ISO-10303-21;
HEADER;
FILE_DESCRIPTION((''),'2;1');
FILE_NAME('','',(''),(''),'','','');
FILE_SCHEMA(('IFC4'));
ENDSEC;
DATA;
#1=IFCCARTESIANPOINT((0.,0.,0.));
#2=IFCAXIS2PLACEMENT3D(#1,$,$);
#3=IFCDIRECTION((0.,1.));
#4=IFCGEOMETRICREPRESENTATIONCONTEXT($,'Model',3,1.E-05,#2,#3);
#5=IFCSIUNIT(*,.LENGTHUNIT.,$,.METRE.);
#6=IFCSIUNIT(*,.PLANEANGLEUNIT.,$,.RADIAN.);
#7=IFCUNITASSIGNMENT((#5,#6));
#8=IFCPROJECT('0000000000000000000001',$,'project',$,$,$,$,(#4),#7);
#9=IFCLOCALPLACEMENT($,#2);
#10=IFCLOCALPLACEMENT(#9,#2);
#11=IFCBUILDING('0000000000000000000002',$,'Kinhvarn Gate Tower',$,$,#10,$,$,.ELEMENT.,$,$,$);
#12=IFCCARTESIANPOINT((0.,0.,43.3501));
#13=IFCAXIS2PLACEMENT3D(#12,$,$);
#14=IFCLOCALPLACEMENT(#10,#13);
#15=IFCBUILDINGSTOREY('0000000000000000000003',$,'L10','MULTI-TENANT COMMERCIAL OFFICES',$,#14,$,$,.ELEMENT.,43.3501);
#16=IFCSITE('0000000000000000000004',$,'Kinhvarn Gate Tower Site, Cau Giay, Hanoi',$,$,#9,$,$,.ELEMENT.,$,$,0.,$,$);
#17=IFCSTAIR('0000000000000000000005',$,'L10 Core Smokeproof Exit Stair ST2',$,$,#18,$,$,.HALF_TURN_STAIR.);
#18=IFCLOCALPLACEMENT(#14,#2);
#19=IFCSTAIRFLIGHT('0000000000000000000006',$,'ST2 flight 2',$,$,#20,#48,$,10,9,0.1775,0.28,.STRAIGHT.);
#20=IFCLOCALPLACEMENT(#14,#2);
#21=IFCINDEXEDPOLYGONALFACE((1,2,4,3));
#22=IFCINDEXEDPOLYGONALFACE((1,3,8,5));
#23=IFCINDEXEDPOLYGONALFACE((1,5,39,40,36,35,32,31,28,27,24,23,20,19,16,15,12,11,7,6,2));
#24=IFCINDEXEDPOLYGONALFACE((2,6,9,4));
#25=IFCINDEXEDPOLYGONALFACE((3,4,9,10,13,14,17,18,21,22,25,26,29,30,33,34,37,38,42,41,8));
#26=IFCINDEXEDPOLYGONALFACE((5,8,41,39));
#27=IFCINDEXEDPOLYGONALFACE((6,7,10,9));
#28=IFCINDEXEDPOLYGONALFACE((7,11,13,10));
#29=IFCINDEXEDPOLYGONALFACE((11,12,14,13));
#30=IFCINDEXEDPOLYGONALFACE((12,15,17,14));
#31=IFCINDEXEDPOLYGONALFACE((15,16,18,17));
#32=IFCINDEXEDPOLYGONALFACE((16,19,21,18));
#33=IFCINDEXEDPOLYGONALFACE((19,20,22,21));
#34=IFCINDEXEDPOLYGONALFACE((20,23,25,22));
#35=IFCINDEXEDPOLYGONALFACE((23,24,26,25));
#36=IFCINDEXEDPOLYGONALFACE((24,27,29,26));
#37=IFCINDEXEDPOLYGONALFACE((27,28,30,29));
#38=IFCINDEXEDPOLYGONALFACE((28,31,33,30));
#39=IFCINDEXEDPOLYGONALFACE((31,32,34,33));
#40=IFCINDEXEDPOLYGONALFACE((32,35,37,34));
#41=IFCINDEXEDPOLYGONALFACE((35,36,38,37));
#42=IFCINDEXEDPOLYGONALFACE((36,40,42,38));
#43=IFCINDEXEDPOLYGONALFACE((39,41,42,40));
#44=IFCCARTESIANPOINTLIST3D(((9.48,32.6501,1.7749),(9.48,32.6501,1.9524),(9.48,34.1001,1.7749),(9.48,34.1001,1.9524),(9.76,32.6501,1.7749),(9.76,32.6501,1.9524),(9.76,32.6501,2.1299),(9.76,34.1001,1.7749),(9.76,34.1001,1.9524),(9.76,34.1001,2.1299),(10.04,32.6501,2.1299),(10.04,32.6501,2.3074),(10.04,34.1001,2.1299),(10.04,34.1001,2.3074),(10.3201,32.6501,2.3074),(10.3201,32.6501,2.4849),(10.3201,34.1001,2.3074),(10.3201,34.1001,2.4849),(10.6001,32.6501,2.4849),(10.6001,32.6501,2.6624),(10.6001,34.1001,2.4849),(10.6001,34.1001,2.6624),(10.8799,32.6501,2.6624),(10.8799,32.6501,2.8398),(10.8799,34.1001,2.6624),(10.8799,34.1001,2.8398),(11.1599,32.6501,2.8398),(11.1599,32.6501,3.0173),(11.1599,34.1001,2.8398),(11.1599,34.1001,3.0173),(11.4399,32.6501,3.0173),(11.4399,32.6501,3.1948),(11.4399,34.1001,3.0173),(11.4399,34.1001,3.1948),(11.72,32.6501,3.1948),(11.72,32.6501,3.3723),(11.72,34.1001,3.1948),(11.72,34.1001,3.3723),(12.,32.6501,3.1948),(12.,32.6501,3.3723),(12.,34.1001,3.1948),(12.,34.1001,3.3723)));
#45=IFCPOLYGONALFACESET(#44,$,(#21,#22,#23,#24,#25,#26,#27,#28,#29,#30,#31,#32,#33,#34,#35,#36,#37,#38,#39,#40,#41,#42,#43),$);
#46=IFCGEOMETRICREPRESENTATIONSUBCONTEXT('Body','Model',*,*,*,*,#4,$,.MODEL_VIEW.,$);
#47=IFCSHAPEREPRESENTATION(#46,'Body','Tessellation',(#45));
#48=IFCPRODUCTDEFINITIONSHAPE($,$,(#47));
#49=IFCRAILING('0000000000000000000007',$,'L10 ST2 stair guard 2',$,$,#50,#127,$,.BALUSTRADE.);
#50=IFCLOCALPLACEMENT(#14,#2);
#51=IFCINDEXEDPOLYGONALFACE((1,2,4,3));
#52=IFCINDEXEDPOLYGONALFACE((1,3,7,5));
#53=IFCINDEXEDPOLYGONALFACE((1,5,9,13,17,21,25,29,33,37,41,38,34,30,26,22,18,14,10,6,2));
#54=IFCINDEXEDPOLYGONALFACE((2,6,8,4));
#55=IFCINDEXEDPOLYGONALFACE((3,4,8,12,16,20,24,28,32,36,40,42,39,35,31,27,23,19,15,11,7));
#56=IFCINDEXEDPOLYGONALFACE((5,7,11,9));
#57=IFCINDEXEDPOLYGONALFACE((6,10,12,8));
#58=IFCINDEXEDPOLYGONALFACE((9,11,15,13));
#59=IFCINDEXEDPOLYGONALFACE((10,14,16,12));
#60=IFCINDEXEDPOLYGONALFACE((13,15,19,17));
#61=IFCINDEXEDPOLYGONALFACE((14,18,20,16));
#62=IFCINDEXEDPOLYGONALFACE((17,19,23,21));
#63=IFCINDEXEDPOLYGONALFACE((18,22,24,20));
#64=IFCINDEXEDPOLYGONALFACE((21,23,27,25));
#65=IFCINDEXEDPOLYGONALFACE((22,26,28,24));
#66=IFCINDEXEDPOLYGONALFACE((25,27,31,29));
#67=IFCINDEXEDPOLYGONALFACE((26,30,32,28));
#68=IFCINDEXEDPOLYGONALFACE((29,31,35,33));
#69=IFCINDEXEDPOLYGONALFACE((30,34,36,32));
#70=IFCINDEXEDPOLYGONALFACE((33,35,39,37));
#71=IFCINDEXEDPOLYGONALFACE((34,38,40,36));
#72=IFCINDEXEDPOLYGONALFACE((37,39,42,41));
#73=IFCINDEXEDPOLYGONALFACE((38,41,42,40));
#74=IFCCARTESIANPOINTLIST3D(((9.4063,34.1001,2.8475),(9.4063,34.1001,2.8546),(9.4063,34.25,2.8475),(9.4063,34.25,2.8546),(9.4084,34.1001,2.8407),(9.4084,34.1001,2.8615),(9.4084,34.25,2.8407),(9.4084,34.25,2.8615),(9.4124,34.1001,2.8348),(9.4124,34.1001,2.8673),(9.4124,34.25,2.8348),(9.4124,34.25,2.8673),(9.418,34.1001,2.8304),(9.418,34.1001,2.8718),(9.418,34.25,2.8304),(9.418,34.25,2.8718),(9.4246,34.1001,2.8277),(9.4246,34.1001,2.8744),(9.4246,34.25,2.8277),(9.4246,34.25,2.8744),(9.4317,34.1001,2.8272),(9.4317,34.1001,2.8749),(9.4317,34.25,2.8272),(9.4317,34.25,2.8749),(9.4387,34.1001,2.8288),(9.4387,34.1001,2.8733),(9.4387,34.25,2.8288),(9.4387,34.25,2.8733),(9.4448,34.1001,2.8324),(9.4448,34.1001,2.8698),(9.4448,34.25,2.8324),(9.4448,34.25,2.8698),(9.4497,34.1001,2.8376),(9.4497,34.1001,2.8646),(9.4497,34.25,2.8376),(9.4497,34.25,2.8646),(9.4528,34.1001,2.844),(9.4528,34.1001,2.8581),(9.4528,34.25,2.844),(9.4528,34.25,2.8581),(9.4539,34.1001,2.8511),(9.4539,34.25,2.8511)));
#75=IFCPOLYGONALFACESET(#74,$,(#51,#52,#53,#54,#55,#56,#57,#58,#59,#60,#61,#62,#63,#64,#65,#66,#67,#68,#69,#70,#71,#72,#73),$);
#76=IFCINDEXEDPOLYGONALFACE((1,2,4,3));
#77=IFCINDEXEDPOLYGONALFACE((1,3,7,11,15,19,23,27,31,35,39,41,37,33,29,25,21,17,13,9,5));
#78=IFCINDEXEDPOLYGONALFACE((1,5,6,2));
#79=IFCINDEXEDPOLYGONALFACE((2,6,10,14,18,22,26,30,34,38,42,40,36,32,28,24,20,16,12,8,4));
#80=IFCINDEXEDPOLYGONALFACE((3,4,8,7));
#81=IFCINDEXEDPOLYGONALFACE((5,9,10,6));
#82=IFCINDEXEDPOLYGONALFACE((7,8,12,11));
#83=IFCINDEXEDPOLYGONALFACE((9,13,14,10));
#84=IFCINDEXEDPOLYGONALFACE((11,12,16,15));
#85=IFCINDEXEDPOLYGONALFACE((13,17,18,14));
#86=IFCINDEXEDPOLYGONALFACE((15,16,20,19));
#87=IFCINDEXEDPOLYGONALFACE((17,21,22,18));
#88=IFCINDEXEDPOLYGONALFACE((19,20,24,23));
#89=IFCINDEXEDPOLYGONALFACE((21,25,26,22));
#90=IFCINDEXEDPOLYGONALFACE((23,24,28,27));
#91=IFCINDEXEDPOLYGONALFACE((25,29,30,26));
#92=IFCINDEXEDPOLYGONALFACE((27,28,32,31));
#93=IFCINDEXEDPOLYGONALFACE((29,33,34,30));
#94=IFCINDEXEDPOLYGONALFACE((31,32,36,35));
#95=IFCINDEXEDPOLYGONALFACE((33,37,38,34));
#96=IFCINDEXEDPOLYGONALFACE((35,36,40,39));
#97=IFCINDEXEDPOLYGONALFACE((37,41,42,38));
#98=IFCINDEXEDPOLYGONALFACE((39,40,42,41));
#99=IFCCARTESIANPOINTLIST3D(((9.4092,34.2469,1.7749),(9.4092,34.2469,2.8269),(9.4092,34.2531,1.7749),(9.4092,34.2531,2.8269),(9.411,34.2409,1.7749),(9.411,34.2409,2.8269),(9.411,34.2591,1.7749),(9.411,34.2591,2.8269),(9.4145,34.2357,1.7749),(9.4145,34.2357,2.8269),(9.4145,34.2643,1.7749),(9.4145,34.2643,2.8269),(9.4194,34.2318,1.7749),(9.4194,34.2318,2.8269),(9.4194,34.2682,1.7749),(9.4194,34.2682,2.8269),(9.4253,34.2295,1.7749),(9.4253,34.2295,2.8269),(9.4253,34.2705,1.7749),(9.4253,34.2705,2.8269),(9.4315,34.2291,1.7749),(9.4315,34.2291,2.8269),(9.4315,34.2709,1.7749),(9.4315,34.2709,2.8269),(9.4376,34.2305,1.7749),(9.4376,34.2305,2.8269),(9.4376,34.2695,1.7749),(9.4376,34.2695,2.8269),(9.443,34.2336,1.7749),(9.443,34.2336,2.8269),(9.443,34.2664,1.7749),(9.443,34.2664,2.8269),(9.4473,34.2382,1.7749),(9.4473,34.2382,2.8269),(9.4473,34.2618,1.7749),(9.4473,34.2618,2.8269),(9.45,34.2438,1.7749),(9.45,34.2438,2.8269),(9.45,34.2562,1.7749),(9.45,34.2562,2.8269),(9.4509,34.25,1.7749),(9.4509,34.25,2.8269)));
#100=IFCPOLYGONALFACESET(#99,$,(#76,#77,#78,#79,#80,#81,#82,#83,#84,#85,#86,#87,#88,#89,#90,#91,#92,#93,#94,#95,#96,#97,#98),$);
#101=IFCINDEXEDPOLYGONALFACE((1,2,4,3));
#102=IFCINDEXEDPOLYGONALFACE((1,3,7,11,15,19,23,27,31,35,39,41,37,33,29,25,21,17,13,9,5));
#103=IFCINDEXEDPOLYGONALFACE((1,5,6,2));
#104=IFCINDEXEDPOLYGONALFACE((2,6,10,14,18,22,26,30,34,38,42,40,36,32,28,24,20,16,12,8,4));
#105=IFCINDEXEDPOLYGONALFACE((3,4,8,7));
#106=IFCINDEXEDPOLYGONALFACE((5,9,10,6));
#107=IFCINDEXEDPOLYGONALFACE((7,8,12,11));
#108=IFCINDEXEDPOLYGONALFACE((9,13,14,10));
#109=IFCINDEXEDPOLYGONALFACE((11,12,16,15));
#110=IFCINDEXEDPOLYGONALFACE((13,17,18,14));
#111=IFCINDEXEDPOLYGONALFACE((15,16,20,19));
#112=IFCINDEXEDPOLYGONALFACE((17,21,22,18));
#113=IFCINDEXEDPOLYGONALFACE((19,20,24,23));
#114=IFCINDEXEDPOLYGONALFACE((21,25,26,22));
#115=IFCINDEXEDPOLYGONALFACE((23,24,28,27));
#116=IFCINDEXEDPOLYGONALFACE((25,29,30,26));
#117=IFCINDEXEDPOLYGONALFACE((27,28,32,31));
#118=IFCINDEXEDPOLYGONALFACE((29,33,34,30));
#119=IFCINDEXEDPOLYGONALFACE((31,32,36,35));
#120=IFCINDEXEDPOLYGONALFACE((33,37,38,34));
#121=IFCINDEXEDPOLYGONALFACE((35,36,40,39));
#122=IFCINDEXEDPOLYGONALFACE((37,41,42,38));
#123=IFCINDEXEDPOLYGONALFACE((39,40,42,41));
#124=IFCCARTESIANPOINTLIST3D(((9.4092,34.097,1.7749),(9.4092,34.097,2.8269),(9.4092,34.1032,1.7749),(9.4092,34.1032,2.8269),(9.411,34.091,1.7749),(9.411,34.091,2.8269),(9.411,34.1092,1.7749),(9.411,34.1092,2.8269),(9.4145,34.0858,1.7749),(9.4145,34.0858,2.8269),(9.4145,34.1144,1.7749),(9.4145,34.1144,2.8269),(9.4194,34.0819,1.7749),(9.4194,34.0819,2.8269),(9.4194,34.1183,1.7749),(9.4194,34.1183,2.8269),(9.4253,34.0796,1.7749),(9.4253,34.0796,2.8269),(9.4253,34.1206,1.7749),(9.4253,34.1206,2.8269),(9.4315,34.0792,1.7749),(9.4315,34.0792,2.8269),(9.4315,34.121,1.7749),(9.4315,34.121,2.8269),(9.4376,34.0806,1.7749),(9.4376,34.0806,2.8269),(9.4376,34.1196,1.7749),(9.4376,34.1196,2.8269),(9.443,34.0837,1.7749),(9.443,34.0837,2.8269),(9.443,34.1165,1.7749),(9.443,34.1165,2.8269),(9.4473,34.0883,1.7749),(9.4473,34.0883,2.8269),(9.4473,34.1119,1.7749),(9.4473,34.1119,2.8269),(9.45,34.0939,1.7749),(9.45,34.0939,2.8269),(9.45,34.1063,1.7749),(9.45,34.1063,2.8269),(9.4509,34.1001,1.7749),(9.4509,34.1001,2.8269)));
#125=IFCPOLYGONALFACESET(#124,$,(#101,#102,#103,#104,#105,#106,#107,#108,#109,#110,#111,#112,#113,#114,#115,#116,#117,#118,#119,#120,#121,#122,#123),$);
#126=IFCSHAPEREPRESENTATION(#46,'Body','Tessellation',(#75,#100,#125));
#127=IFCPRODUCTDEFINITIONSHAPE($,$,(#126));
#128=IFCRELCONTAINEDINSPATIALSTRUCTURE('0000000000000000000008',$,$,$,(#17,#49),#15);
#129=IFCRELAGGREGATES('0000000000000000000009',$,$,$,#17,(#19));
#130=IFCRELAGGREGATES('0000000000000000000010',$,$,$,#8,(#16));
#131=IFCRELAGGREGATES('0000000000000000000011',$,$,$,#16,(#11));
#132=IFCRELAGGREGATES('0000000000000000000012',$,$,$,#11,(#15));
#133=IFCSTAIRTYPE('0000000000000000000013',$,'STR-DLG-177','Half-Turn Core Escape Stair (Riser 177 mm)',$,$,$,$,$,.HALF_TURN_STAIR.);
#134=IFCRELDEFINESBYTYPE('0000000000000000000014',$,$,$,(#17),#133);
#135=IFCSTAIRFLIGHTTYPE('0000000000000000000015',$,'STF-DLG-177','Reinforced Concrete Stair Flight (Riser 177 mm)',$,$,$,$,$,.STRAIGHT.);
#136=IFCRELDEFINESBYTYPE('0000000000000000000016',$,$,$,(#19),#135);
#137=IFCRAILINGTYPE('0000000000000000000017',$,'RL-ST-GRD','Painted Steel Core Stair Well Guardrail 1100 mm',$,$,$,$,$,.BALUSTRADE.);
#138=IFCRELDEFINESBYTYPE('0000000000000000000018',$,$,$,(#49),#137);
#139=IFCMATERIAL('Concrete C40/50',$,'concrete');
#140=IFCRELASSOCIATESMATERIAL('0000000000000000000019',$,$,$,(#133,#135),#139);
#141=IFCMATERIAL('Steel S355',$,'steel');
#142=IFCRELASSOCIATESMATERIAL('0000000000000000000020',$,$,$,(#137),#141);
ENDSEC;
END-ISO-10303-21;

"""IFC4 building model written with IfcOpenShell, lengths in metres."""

from ifc_helpers import new_model, si_unit, direction, frame, origin, origin_2d, place, context, subcontext, project, spatial, polyline, circle, outline, extrude, material, type_object, element, aggregate, save


model = new_model("IFC4")

# Units and contexts
model_context = context("Model", 3, precision=1e-05, world=origin(), true_north=direction((0.0, 1.0)))
body_context = subcontext(model_context, "Body", "Model", "MODEL_VIEW")
ifc_project = project(units=[si_unit("LENGTHUNIT", "METRE"), si_unit("PLANEANGLEUNIT", "RADIAN")], contexts=[model_context])

# Site, building, storey
site_placement = place(None, origin())
site = spatial("IfcSite", under=ifc_project, at=site_placement, Name="Kinhvarn Gate Tower Site, Cau Giay, Hanoi", CompositionType="ELEMENT", RefElevation=0.0)
building_placement = place(site_placement, origin())
building = spatial("IfcBuilding", under=site, at=building_placement, Name="Kinhvarn Gate Tower", CompositionType="ELEMENT")
storey_placement = place(building_placement, frame((0.0, 0.0, 43.3501)))
storey = spatial("IfcBuildingStorey", under=building, at=storey_placement, Name="L10", Description="MULTI-TENANT COMMERCIAL OFFICES", CompositionType="ELEMENT", Elevation=43.3501)

# Shared definitions
ifc_material_1 = material(Name="Steel S355", Category="steel")

# Shared definitions
ifc_material_2 = material(Name="Concrete C40/50", Category="concrete")

# Stair, stair flight
stair_type = type_object("IfcStairType", Name="STR-DLG-177", Description="Half-Turn Core Escape Stair (Riser 177 mm)", PredefinedType="HALF_TURN_STAIR", material=ifc_material_2)
stair_placement = place(storey_placement, origin())
stair = element("IfcStair", 1, at=stair_placement, inside=storey, type_object=stair_type, Name="L10 Core Smokeproof Exit Stair ST2", PredefinedType="HALF_TURN_STAIR")
stair_flight_type = type_object("IfcStairFlightType", Name="STF-DLG-177", Description="Reinforced Concrete Stair Flight (Riser 177 mm)", PredefinedType="STRAIGHT", material=ifc_material_2)
stair_flight_placement = place(storey_placement, frame((9.48, 33.375, 1.7749), z_axis=(0.0, 0.0, 1.0), x_axis=(1.0, 0.0, 0.0)))
stair_flight = element("IfcStairFlight", 2, at=stair_flight_placement, type_object=stair_flight_type, Name="ST2 flight 2", NumberOfRisers=10, NumberOfTreads=9, PredefinedType="STRAIGHT", RiserHeight=0.1775, TreadLength=0.28, context=body_context, shape_type="SweptSolid", body=[
    extrude(outline(polyline([(0.0, 0.0), (0.0, 0.1775), (0.28, 0.1775), (0.28, 0.355), (0.5601, 0.355), (0.5601, 0.5325), (0.8401, 0.5325), (0.8401, 0.71), (1.1201, 0.71), (1.1201, 0.8875), (1.3999, 0.8875), (1.3999, 1.0649), (1.6799, 1.0649), (1.6799, 1.2424), (1.96, 1.2424), (1.96, 1.4199), (2.24, 1.4199), (2.24, 1.5974), (2.52, 1.5974), (2.52, 1.7749), (2.52, 1.4199), (0.28, 0.0), (0.0, 0.0)])), frame((0.0, 0.7251, 0.0), z_axis=(0.0, -1.0, 0.0), x_axis=(1.0, 0.0, 0.0)), (0.0, 0.0, 1.0), 1.45),
])
aggregate(stair, [stair_flight])

# Railing
railing_type_1 = type_object("IfcRailingType", Name="RL-ST-GRD", Description="Painted Steel Core Stair Well Guardrail 1100 mm", PredefinedType="BALUSTRADE", material=ifc_material_1)
railing_1_placement = place(storey_placement, frame((9.4299, 34.25, 1.7749)))
element("IfcRailing", 3, at=railing_1_placement, inside=storey, type_object=railing_type_1, Name="L10 ST2 stair guard 2", PredefinedType="BALUSTRADE", context=body_context, shape_type="SweptSolid", body=[
    extrude(circle(Radius=0.0239, at=origin_2d()), frame((0.0, 0.0, 1.0762), z_axis=(0.0, -1.0, 0.0), x_axis=(1.0, 0.0, 0.0)), (0.0, 0.0, 1.0), 0.1499),
    extrude(circle(Radius=0.021, at=origin_2d()), origin(), (0.0, 0.0, 1.0), 1.052),
    extrude(circle(Radius=0.021, at=origin_2d()), frame((0.0, -0.1499, 0.0)), (0.0, 0.0, 1.0), 1.052),
])

save(model, "model.ifc")
